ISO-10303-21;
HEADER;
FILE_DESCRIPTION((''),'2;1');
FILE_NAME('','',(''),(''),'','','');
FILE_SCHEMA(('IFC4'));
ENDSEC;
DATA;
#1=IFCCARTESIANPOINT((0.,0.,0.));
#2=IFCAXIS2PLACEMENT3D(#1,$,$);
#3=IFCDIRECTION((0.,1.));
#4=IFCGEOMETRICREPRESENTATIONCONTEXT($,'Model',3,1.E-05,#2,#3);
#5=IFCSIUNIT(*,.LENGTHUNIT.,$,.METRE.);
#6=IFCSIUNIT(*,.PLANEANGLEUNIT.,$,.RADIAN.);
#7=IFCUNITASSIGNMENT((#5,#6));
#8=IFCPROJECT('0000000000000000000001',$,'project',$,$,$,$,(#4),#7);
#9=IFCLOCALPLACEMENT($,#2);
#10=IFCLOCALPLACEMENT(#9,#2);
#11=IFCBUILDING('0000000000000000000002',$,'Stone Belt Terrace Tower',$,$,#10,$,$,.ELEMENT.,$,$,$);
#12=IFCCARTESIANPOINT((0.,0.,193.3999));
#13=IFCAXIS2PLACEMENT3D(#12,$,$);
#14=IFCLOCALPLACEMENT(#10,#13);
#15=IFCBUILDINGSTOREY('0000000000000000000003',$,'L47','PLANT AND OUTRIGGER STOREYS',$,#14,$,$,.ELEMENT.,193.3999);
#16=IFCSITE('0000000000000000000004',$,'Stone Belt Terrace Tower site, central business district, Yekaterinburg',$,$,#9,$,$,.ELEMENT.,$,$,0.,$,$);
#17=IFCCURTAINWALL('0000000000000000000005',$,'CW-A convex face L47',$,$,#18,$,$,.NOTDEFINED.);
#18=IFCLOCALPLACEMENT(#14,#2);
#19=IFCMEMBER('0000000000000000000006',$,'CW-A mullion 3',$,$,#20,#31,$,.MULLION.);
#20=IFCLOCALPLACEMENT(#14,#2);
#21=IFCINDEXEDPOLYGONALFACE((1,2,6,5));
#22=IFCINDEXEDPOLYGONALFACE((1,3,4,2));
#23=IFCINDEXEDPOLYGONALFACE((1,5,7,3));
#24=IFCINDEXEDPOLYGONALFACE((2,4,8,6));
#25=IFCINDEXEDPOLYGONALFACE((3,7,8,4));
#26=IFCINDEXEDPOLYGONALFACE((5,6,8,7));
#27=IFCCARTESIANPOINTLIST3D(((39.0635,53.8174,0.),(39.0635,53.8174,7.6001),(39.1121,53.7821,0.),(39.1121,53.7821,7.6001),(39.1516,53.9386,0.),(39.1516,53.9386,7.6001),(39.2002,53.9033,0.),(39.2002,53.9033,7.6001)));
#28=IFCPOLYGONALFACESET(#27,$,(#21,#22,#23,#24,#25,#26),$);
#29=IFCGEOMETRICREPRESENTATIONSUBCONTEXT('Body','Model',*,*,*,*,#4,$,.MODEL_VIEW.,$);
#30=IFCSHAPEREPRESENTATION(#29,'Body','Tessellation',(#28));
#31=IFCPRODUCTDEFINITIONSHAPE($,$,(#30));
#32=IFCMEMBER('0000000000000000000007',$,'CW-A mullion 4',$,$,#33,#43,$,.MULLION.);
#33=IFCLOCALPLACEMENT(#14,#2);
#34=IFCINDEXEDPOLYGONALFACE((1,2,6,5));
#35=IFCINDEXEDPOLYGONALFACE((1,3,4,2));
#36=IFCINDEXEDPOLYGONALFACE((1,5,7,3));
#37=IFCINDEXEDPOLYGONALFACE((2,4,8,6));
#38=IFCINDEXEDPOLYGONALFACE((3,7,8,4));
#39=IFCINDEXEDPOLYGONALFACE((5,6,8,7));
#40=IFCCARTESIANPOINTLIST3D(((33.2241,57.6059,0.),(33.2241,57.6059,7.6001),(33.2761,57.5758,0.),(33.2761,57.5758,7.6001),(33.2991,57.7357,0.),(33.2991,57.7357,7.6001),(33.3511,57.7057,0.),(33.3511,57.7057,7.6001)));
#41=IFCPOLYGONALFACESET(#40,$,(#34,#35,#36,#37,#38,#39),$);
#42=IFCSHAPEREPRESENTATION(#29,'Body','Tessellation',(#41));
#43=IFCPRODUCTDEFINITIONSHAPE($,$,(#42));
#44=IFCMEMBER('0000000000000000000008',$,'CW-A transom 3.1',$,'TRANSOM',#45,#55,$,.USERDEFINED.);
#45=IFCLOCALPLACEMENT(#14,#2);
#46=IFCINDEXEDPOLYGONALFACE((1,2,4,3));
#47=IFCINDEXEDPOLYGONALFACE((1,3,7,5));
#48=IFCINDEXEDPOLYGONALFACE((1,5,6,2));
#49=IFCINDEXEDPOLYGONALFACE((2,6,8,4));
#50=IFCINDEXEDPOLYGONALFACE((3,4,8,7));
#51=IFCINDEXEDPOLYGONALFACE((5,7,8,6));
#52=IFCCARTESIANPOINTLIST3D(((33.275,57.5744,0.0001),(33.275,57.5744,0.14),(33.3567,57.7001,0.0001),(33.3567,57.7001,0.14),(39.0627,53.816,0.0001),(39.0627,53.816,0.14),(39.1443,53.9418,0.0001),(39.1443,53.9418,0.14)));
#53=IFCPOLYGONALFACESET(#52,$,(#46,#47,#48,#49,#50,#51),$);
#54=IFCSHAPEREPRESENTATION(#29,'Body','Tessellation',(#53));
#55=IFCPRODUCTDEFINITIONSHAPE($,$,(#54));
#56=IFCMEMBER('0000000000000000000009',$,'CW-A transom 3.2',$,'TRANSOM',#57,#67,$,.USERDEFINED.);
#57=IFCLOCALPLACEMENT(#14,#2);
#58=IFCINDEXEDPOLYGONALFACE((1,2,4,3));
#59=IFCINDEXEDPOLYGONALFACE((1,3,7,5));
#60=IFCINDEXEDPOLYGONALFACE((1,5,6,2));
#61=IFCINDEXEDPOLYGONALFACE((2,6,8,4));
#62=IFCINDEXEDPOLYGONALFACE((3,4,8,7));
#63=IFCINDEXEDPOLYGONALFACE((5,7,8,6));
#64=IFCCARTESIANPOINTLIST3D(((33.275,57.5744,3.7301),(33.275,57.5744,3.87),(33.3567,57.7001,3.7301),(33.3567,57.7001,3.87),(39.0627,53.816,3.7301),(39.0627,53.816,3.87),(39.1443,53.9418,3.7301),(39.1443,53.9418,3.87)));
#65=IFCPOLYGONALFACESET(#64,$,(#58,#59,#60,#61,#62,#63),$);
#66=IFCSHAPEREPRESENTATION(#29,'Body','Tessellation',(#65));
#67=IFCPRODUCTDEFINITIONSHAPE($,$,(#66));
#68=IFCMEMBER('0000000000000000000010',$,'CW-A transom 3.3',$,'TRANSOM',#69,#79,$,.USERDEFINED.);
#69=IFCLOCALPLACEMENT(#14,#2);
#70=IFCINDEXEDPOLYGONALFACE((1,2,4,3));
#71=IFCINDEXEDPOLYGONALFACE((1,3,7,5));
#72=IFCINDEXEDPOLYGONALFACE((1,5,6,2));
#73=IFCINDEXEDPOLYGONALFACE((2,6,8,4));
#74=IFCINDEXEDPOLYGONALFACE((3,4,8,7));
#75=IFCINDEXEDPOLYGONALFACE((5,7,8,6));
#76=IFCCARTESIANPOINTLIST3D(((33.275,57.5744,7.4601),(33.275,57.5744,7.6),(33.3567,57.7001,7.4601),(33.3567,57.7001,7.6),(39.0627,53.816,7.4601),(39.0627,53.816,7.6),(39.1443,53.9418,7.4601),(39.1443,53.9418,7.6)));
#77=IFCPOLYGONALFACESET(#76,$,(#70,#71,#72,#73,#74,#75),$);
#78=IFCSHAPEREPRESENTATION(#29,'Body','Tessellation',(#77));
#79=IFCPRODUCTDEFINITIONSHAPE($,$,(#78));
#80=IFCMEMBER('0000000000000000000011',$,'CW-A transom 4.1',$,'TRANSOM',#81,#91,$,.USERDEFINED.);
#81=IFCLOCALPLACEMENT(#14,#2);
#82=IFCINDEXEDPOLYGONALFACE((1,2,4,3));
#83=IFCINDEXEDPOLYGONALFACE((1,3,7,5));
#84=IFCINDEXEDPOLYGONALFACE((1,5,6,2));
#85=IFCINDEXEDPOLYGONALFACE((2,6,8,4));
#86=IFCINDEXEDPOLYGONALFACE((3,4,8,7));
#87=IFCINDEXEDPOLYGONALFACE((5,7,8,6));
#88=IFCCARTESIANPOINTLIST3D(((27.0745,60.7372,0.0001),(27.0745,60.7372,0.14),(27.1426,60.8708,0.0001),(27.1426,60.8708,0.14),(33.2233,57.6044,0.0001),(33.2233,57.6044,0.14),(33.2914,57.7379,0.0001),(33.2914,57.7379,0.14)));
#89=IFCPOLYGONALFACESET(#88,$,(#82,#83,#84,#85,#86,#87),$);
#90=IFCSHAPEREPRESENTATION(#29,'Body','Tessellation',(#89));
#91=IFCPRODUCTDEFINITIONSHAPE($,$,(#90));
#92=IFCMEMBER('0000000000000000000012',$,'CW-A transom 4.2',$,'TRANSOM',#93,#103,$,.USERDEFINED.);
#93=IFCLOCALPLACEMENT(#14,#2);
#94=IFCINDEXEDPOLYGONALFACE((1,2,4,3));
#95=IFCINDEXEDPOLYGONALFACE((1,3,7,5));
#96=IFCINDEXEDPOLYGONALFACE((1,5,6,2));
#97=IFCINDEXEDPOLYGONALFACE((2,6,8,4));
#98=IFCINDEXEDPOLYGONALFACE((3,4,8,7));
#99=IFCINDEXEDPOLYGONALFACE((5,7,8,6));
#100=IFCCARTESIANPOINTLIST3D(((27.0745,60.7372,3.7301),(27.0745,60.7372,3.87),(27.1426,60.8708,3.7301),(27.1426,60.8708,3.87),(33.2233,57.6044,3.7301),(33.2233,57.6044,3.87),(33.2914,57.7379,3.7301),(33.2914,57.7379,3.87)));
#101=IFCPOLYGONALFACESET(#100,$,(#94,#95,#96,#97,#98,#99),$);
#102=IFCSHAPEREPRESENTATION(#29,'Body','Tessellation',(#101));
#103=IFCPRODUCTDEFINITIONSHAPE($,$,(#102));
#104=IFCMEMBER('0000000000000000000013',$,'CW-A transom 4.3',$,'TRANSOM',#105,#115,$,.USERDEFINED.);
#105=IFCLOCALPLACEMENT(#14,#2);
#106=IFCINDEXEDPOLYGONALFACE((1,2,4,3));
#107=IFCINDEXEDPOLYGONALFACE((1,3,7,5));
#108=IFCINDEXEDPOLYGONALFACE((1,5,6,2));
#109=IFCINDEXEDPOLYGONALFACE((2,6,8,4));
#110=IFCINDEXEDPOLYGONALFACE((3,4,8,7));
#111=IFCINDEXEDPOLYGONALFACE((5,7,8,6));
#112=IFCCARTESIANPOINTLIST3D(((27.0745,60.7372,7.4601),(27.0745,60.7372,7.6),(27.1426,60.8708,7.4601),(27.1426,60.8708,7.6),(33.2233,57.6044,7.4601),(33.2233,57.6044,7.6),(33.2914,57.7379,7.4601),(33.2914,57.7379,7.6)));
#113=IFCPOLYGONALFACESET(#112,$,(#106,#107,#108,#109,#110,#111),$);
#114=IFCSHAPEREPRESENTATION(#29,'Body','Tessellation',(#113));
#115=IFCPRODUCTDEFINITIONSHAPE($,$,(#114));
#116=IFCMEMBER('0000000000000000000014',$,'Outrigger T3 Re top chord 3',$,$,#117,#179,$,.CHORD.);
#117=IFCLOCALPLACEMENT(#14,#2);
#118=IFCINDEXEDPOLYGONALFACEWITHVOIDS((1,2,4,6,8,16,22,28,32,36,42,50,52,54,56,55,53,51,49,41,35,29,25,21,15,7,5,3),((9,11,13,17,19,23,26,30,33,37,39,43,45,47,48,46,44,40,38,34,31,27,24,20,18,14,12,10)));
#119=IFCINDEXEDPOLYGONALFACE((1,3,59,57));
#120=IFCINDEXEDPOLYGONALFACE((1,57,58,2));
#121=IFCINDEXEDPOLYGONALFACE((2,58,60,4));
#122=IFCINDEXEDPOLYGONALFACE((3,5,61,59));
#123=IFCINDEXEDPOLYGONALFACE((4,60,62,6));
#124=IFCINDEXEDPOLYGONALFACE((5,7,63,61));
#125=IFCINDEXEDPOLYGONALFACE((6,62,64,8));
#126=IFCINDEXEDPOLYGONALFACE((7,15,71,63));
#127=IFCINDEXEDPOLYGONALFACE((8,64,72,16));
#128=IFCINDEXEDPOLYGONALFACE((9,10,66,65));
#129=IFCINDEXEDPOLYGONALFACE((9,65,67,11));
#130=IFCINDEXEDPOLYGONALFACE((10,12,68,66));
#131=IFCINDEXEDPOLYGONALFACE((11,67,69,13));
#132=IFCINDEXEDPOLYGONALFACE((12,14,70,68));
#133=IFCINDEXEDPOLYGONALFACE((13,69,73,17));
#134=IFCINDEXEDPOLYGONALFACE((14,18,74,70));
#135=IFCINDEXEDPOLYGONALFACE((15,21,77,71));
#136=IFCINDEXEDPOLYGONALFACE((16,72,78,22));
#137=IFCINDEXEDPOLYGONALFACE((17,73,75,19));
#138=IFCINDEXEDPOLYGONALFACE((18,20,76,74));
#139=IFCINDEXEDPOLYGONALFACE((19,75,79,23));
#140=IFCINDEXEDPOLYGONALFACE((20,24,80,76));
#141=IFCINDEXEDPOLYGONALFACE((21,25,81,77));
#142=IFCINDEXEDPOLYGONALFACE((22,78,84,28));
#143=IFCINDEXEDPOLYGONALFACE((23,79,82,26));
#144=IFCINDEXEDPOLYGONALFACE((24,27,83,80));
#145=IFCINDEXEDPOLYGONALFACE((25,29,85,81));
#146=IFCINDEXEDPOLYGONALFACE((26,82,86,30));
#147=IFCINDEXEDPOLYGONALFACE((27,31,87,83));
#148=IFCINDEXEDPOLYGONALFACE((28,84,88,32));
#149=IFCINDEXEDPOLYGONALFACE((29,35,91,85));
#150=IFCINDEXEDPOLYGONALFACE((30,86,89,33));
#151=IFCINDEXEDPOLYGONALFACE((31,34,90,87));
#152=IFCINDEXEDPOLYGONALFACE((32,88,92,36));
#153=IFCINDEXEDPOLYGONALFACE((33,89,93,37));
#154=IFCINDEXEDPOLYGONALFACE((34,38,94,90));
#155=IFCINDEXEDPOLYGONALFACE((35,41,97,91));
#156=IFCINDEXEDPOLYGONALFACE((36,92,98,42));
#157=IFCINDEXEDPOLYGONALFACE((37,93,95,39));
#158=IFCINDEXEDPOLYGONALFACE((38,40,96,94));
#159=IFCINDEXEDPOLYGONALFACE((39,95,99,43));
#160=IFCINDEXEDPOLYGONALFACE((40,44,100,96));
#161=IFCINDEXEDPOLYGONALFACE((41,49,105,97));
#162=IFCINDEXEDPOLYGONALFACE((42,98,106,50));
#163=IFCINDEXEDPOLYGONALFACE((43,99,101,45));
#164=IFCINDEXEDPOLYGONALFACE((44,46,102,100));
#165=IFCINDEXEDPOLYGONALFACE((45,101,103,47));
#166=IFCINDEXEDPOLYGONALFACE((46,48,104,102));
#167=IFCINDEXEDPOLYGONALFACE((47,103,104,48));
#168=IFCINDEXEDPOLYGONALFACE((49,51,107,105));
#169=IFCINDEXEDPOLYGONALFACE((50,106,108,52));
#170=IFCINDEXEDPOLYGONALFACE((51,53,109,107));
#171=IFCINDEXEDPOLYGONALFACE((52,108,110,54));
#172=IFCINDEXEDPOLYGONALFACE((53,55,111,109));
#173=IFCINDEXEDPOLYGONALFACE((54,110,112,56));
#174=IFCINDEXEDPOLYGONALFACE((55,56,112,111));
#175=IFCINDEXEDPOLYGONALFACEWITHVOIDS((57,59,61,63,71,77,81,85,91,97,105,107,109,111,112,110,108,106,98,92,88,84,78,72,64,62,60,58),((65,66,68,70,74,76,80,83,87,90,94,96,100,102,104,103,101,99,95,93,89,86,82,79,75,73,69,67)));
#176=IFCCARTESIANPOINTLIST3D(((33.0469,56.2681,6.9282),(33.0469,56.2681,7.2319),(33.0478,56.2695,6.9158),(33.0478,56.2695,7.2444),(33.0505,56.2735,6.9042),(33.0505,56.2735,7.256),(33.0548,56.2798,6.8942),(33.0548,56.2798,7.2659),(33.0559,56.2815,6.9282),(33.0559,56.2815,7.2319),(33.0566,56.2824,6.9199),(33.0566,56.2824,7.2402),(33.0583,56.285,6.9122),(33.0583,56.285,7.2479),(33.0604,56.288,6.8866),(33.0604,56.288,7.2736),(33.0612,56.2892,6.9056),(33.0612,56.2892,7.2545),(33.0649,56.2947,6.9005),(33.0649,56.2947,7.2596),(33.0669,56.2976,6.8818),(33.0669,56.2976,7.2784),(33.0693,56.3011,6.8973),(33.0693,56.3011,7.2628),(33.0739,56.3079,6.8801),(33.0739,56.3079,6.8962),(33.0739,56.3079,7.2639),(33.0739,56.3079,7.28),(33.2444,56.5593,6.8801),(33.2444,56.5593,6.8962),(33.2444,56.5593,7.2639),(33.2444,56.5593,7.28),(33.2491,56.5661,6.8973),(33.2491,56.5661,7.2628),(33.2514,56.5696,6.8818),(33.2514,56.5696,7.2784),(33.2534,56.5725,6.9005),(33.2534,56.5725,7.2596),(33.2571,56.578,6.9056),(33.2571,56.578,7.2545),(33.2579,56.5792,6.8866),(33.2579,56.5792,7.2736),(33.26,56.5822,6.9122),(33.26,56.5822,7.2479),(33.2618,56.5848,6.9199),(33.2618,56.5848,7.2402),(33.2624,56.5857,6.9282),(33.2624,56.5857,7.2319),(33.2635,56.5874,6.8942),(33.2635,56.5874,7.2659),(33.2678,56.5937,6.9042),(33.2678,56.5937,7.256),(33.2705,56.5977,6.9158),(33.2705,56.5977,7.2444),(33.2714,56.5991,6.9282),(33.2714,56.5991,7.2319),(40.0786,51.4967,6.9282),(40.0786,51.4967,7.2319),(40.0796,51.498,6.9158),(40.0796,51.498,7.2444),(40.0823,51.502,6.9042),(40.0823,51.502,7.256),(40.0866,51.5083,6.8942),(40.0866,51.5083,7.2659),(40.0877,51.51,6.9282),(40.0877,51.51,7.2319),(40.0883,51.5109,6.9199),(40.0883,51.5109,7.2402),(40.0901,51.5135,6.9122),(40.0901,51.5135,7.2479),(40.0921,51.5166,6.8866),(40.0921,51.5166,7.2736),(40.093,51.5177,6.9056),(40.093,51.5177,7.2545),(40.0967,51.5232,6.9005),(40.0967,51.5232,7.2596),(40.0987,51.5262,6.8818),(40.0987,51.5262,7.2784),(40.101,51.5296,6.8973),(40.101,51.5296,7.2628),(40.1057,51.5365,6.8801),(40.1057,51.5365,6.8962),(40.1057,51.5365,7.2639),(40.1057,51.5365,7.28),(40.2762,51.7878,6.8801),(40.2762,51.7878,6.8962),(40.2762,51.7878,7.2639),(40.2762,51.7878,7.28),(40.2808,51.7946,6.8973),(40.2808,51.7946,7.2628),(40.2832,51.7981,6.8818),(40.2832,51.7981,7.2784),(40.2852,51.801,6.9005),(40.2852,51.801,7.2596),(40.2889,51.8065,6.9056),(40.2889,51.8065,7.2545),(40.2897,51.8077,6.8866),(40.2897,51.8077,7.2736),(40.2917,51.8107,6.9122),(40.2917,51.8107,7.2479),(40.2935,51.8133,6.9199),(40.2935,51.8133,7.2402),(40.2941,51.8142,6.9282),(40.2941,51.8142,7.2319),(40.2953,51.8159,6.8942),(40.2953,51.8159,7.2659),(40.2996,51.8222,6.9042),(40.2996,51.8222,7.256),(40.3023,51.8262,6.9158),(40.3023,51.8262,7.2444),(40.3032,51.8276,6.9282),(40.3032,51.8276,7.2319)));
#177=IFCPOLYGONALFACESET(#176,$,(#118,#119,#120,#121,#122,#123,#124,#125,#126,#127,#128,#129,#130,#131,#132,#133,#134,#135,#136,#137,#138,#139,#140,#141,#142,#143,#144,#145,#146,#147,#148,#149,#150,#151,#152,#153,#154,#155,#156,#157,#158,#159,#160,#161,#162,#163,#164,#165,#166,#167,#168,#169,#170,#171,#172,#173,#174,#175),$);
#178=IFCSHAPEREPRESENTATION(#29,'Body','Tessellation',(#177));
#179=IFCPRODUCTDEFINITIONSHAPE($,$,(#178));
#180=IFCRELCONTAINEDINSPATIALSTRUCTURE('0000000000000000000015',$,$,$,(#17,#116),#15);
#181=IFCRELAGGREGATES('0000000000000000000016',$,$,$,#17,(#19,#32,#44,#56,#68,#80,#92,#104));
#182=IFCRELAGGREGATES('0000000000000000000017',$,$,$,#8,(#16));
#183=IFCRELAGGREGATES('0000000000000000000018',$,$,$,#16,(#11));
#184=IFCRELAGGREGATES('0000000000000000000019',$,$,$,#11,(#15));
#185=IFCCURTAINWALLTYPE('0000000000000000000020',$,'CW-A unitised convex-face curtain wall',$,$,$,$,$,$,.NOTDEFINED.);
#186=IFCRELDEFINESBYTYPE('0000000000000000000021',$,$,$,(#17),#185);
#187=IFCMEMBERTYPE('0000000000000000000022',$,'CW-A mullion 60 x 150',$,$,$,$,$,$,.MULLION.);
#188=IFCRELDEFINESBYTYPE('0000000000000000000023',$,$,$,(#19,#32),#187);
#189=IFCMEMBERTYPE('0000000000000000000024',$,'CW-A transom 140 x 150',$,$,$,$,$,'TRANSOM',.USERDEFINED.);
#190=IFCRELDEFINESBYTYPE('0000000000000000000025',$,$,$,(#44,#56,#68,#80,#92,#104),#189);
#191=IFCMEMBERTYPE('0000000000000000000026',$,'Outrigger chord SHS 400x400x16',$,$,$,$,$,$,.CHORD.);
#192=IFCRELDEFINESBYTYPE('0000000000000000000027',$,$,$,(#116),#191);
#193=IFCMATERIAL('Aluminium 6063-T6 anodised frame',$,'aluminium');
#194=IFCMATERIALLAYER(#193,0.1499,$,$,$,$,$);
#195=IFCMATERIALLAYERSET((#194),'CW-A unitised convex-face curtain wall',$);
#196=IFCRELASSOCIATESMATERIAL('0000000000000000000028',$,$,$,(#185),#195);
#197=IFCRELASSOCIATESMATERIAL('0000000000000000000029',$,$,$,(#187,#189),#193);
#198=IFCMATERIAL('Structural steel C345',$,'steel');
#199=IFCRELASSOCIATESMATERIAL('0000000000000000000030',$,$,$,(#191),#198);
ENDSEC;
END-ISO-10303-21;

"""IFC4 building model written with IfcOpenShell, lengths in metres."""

from ifc_helpers import new_model, si_unit, direction, frame, origin, origin_2d, place, context, subcontext, project, spatial, rectangle, hollow_rectangle, extrude, material, layer, layer_set, material_profile, profile_set, type_object, element, aggregate, save


model = new_model("IFC4")

# Units and contexts
model_context = context("Model", 3, precision=1e-05, world=origin(), true_north=direction((0.0, 1.0)))
body_context = subcontext(model_context, "Body", "Model", "MODEL_VIEW")
ifc_project = project(units=[si_unit("LENGTHUNIT", "METRE"), si_unit("PLANEANGLEUNIT", "RADIAN")], contexts=[model_context])

# Site, building, storey
site_placement = place(None, origin())
site = spatial("IfcSite", under=ifc_project, at=site_placement, Name="Stone Belt Terrace Tower site, central business district, Yekaterinburg", CompositionType="ELEMENT", RefElevation=0.0)
building_placement = place(site_placement, origin())
building = spatial("IfcBuilding", under=site, at=building_placement, Name="Stone Belt Terrace Tower", CompositionType="ELEMENT")
storey_placement = place(building_placement, frame((0.0, 0.0, 193.3999)))
storey = spatial("IfcBuildingStorey", under=building, at=storey_placement, Name="L47", Description="PLANT AND OUTRIGGER STOREYS", CompositionType="ELEMENT", Elevation=193.3999)

# Curtain wall, members
ifc_material_1 = material(Name="Aluminium 6063-T6 anodised frame", Category="aluminium")
ifc_layer_1 = layer(ifc_material_1, 0.1499)
ifc_layer_set_1 = layer_set([ifc_layer_1], Name="CW-A unitised convex-face curtain wall")
curtain_wall_type = type_object("IfcCurtainWallType", Name="CW-A unitised convex-face curtain wall", PredefinedType="NOTDEFINED", material=ifc_layer_set_1)
curtain_wall_placement = place(storey_placement, origin())
curtain_wall = element("IfcCurtainWall", 1, at=curtain_wall_placement, inside=storey, type_object=curtain_wall_type, Name="CW-A convex face L47", PredefinedType="NOTDEFINED")
ifc_material_profile_1 = material_profile(ifc_material_1, rectangle(XDim=0.1499, YDim=0.0601, at=origin_2d()), Name="Aluminium 6063-T6 60x150")
ifc_profile_set_1 = profile_set([ifc_material_profile_1], Name="Aluminium 6063-T6 anodised frame")
member_type_1 = type_object("IfcMemberType", Name="CW-A mullion 60 x 150", PredefinedType="MULLION", material=ifc_profile_set_1)
member_1_placement = place(storey_placement, frame((39.1318, 53.8604, 0.0), z_axis=(0.0, 0.0, 1.0), x_axis=(-0.587785, -0.809017, 0.0)))
member_1 = element("IfcMember", 2, at=member_1_placement, type_object=member_type_1, Name="CW-A mullion 3", PredefinedType="MULLION", context=body_context, shape_type="SweptSolid", body=[
    extrude(rectangle(XDim=0.1499, YDim=0.0601, at=origin_2d()), origin(), (0.0, 0.0, 1.0), 7.6001),
])
member_2_placement = place(storey_placement, frame((33.2876, 57.6558, 0.0), z_axis=(0.0, 0.0, 1.0), x_axis=(-0.5, -0.866025, 0.0)))
member_2 = element("IfcMember", 3, at=member_2_placement, type_object=member_type_1, Name="CW-A mullion 4", PredefinedType="MULLION", context=body_context, shape_type="SweptSolid", body=[
    extrude(rectangle(XDim=0.1499, YDim=0.0601, at=origin_2d()), origin(), (0.0, 0.0, 1.0), 7.6001),
])
ifc_material_profile_2 = material_profile(ifc_material_1, rectangle(XDim=0.1499, YDim=0.1399, at=origin_2d()), Name="Aluminium 6063-T6 150x140")
ifc_profile_set_2 = profile_set([ifc_material_profile_2], Name="Aluminium 6063-T6 anodised frame")
member_type_2 = type_object("IfcMemberType", Name="CW-A transom 140 x 150", ElementType="TRANSOM", PredefinedType="USERDEFINED", material=ifc_profile_set_2)
member_3_placement = place(storey_placement, frame((39.1035, 53.8789, 0.0701), z_axis=(-0.838684, 0.544618, 0.0), x_axis=(-0.544618, -0.838684, 0.0)))
member_3 = element("IfcMember", 4, at=member_3_placement, type_object=member_type_2, Name="CW-A transom 3.1", ObjectType="TRANSOM", PredefinedType="USERDEFINED", context=body_context, shape_type="SweptSolid", body=[
    extrude(rectangle(XDim=0.1499, YDim=0.1399, at=origin_2d()), origin(), (0.0, 0.0, 1.0), 6.9009),
])
member_4_placement = place(storey_placement, frame((39.1035, 53.8789, 3.8), z_axis=(-0.838684, 0.544618, 0.0), x_axis=(-0.544618, -0.838684, 0.0)))
member_4 = element("IfcMember", 5, at=member_4_placement, type_object=member_type_2, Name="CW-A transom 3.2", ObjectType="TRANSOM", PredefinedType="USERDEFINED", context=body_context, shape_type="SweptSolid", body=[
    extrude(rectangle(XDim=0.1499, YDim=0.1399, at=origin_2d()), origin(), (0.0, 0.0, 1.0), 6.9009),
])
member_5_placement = place(storey_placement, frame((39.1035, 53.8789, 7.53), z_axis=(-0.838684, 0.544618, 0.0), x_axis=(-0.544618, -0.838684, 0.0)))
member_5 = element("IfcMember", 6, at=member_5_placement, type_object=member_type_2, Name="CW-A transom 3.3", ObjectType="TRANSOM", PredefinedType="USERDEFINED", context=body_context, shape_type="SweptSolid", body=[
    extrude(rectangle(XDim=0.1499, YDim=0.1399, at=origin_2d()), origin(), (0.0, 0.0, 1.0), 6.9009),
])
member_6_placement = place(storey_placement, frame((33.2573, 57.6711, 0.0701), z_axis=(-0.891012, 0.453979, 0.0), x_axis=(-0.453979, -0.891012, 0.0)))
member_6 = element("IfcMember", 7, at=member_6_placement, type_object=member_type_2, Name="CW-A transom 4.1", ObjectType="TRANSOM", PredefinedType="USERDEFINED", context=body_context, shape_type="SweptSolid", body=[
    extrude(rectangle(XDim=0.1499, YDim=0.1399, at=origin_2d()), origin(), (0.0, 0.0, 1.0), 6.9009),
])
member_7_placement = place(storey_placement, frame((33.2573, 57.6711, 3.8), z_axis=(-0.891012, 0.453979, 0.0), x_axis=(-0.453979, -0.891012, 0.0)))
member_7 = element("IfcMember", 8, at=member_7_placement, type_object=member_type_2, Name="CW-A transom 4.2", ObjectType="TRANSOM", PredefinedType="USERDEFINED", context=body_context, shape_type="SweptSolid", body=[
    extrude(rectangle(XDim=0.1499, YDim=0.1399, at=origin_2d()), origin(), (0.0, 0.0, 1.0), 6.9009),
])
member_8_placement = place(storey_placement, frame((33.2573, 57.6711, 7.53), z_axis=(-0.891012, 0.453979, 0.0), x_axis=(-0.453979, -0.891012, 0.0)))
member_8 = element("IfcMember", 9, at=member_8_placement, type_object=member_type_2, Name="CW-A transom 4.3", ObjectType="TRANSOM", PredefinedType="USERDEFINED", context=body_context, shape_type="SweptSolid", body=[
    extrude(rectangle(XDim=0.1499, YDim=0.1399, at=origin_2d()), origin(), (0.0, 0.0, 1.0), 6.9009),
])

# Member
ifc_material_2 = material(Name="Structural steel C345", Category="steel")
ifc_material_profile_3 = material_profile(ifc_material_2, hollow_rectangle(XDim=0.3999, YDim=0.3999, WallThickness=0.0161, InnerFilletRadius=0.032, OuterFilletRadius=0.0481, at=origin_2d()), Name="SHS 400x400x16")
ifc_profile_set_3 = profile_set([ifc_material_profile_3], Name="Structural steel C345")
member_type_3 = type_object("IfcMemberType", Name="Outrigger chord SHS 400x400x16", PredefinedType="CHORD", material=ifc_profile_set_3)
for number, where, z_axis, x_axis, name in (
    (10, (40.1909, 51.6621, 7.0801), (-0.827479, 0.561497, 0.0), (-0.561497, -0.827479, 0.0), "Outrigger T3 Re top chord 3"),
):
    element("IfcMember", number, at=place(storey_placement, frame(where, z_axis=z_axis, x_axis=x_axis)), inside=storey, type_object=member_type_3, Name=name, PredefinedType="CHORD", context=body_context, shape_type="SweptSolid", body=[
        extrude(hollow_rectangle(XDim=0.3999, YDim=0.3999, WallThickness=0.0161, InnerFilletRadius=0.032, OuterFilletRadius=0.0481, at=origin_2d()), origin(), (0.0, 0.0, 1.0), 8.4978),
    ])

aggregate(curtain_wall, [member_1, member_2, member_3, member_4, member_5, member_6, member_7, member_8])

save(model, "model.ifc")
